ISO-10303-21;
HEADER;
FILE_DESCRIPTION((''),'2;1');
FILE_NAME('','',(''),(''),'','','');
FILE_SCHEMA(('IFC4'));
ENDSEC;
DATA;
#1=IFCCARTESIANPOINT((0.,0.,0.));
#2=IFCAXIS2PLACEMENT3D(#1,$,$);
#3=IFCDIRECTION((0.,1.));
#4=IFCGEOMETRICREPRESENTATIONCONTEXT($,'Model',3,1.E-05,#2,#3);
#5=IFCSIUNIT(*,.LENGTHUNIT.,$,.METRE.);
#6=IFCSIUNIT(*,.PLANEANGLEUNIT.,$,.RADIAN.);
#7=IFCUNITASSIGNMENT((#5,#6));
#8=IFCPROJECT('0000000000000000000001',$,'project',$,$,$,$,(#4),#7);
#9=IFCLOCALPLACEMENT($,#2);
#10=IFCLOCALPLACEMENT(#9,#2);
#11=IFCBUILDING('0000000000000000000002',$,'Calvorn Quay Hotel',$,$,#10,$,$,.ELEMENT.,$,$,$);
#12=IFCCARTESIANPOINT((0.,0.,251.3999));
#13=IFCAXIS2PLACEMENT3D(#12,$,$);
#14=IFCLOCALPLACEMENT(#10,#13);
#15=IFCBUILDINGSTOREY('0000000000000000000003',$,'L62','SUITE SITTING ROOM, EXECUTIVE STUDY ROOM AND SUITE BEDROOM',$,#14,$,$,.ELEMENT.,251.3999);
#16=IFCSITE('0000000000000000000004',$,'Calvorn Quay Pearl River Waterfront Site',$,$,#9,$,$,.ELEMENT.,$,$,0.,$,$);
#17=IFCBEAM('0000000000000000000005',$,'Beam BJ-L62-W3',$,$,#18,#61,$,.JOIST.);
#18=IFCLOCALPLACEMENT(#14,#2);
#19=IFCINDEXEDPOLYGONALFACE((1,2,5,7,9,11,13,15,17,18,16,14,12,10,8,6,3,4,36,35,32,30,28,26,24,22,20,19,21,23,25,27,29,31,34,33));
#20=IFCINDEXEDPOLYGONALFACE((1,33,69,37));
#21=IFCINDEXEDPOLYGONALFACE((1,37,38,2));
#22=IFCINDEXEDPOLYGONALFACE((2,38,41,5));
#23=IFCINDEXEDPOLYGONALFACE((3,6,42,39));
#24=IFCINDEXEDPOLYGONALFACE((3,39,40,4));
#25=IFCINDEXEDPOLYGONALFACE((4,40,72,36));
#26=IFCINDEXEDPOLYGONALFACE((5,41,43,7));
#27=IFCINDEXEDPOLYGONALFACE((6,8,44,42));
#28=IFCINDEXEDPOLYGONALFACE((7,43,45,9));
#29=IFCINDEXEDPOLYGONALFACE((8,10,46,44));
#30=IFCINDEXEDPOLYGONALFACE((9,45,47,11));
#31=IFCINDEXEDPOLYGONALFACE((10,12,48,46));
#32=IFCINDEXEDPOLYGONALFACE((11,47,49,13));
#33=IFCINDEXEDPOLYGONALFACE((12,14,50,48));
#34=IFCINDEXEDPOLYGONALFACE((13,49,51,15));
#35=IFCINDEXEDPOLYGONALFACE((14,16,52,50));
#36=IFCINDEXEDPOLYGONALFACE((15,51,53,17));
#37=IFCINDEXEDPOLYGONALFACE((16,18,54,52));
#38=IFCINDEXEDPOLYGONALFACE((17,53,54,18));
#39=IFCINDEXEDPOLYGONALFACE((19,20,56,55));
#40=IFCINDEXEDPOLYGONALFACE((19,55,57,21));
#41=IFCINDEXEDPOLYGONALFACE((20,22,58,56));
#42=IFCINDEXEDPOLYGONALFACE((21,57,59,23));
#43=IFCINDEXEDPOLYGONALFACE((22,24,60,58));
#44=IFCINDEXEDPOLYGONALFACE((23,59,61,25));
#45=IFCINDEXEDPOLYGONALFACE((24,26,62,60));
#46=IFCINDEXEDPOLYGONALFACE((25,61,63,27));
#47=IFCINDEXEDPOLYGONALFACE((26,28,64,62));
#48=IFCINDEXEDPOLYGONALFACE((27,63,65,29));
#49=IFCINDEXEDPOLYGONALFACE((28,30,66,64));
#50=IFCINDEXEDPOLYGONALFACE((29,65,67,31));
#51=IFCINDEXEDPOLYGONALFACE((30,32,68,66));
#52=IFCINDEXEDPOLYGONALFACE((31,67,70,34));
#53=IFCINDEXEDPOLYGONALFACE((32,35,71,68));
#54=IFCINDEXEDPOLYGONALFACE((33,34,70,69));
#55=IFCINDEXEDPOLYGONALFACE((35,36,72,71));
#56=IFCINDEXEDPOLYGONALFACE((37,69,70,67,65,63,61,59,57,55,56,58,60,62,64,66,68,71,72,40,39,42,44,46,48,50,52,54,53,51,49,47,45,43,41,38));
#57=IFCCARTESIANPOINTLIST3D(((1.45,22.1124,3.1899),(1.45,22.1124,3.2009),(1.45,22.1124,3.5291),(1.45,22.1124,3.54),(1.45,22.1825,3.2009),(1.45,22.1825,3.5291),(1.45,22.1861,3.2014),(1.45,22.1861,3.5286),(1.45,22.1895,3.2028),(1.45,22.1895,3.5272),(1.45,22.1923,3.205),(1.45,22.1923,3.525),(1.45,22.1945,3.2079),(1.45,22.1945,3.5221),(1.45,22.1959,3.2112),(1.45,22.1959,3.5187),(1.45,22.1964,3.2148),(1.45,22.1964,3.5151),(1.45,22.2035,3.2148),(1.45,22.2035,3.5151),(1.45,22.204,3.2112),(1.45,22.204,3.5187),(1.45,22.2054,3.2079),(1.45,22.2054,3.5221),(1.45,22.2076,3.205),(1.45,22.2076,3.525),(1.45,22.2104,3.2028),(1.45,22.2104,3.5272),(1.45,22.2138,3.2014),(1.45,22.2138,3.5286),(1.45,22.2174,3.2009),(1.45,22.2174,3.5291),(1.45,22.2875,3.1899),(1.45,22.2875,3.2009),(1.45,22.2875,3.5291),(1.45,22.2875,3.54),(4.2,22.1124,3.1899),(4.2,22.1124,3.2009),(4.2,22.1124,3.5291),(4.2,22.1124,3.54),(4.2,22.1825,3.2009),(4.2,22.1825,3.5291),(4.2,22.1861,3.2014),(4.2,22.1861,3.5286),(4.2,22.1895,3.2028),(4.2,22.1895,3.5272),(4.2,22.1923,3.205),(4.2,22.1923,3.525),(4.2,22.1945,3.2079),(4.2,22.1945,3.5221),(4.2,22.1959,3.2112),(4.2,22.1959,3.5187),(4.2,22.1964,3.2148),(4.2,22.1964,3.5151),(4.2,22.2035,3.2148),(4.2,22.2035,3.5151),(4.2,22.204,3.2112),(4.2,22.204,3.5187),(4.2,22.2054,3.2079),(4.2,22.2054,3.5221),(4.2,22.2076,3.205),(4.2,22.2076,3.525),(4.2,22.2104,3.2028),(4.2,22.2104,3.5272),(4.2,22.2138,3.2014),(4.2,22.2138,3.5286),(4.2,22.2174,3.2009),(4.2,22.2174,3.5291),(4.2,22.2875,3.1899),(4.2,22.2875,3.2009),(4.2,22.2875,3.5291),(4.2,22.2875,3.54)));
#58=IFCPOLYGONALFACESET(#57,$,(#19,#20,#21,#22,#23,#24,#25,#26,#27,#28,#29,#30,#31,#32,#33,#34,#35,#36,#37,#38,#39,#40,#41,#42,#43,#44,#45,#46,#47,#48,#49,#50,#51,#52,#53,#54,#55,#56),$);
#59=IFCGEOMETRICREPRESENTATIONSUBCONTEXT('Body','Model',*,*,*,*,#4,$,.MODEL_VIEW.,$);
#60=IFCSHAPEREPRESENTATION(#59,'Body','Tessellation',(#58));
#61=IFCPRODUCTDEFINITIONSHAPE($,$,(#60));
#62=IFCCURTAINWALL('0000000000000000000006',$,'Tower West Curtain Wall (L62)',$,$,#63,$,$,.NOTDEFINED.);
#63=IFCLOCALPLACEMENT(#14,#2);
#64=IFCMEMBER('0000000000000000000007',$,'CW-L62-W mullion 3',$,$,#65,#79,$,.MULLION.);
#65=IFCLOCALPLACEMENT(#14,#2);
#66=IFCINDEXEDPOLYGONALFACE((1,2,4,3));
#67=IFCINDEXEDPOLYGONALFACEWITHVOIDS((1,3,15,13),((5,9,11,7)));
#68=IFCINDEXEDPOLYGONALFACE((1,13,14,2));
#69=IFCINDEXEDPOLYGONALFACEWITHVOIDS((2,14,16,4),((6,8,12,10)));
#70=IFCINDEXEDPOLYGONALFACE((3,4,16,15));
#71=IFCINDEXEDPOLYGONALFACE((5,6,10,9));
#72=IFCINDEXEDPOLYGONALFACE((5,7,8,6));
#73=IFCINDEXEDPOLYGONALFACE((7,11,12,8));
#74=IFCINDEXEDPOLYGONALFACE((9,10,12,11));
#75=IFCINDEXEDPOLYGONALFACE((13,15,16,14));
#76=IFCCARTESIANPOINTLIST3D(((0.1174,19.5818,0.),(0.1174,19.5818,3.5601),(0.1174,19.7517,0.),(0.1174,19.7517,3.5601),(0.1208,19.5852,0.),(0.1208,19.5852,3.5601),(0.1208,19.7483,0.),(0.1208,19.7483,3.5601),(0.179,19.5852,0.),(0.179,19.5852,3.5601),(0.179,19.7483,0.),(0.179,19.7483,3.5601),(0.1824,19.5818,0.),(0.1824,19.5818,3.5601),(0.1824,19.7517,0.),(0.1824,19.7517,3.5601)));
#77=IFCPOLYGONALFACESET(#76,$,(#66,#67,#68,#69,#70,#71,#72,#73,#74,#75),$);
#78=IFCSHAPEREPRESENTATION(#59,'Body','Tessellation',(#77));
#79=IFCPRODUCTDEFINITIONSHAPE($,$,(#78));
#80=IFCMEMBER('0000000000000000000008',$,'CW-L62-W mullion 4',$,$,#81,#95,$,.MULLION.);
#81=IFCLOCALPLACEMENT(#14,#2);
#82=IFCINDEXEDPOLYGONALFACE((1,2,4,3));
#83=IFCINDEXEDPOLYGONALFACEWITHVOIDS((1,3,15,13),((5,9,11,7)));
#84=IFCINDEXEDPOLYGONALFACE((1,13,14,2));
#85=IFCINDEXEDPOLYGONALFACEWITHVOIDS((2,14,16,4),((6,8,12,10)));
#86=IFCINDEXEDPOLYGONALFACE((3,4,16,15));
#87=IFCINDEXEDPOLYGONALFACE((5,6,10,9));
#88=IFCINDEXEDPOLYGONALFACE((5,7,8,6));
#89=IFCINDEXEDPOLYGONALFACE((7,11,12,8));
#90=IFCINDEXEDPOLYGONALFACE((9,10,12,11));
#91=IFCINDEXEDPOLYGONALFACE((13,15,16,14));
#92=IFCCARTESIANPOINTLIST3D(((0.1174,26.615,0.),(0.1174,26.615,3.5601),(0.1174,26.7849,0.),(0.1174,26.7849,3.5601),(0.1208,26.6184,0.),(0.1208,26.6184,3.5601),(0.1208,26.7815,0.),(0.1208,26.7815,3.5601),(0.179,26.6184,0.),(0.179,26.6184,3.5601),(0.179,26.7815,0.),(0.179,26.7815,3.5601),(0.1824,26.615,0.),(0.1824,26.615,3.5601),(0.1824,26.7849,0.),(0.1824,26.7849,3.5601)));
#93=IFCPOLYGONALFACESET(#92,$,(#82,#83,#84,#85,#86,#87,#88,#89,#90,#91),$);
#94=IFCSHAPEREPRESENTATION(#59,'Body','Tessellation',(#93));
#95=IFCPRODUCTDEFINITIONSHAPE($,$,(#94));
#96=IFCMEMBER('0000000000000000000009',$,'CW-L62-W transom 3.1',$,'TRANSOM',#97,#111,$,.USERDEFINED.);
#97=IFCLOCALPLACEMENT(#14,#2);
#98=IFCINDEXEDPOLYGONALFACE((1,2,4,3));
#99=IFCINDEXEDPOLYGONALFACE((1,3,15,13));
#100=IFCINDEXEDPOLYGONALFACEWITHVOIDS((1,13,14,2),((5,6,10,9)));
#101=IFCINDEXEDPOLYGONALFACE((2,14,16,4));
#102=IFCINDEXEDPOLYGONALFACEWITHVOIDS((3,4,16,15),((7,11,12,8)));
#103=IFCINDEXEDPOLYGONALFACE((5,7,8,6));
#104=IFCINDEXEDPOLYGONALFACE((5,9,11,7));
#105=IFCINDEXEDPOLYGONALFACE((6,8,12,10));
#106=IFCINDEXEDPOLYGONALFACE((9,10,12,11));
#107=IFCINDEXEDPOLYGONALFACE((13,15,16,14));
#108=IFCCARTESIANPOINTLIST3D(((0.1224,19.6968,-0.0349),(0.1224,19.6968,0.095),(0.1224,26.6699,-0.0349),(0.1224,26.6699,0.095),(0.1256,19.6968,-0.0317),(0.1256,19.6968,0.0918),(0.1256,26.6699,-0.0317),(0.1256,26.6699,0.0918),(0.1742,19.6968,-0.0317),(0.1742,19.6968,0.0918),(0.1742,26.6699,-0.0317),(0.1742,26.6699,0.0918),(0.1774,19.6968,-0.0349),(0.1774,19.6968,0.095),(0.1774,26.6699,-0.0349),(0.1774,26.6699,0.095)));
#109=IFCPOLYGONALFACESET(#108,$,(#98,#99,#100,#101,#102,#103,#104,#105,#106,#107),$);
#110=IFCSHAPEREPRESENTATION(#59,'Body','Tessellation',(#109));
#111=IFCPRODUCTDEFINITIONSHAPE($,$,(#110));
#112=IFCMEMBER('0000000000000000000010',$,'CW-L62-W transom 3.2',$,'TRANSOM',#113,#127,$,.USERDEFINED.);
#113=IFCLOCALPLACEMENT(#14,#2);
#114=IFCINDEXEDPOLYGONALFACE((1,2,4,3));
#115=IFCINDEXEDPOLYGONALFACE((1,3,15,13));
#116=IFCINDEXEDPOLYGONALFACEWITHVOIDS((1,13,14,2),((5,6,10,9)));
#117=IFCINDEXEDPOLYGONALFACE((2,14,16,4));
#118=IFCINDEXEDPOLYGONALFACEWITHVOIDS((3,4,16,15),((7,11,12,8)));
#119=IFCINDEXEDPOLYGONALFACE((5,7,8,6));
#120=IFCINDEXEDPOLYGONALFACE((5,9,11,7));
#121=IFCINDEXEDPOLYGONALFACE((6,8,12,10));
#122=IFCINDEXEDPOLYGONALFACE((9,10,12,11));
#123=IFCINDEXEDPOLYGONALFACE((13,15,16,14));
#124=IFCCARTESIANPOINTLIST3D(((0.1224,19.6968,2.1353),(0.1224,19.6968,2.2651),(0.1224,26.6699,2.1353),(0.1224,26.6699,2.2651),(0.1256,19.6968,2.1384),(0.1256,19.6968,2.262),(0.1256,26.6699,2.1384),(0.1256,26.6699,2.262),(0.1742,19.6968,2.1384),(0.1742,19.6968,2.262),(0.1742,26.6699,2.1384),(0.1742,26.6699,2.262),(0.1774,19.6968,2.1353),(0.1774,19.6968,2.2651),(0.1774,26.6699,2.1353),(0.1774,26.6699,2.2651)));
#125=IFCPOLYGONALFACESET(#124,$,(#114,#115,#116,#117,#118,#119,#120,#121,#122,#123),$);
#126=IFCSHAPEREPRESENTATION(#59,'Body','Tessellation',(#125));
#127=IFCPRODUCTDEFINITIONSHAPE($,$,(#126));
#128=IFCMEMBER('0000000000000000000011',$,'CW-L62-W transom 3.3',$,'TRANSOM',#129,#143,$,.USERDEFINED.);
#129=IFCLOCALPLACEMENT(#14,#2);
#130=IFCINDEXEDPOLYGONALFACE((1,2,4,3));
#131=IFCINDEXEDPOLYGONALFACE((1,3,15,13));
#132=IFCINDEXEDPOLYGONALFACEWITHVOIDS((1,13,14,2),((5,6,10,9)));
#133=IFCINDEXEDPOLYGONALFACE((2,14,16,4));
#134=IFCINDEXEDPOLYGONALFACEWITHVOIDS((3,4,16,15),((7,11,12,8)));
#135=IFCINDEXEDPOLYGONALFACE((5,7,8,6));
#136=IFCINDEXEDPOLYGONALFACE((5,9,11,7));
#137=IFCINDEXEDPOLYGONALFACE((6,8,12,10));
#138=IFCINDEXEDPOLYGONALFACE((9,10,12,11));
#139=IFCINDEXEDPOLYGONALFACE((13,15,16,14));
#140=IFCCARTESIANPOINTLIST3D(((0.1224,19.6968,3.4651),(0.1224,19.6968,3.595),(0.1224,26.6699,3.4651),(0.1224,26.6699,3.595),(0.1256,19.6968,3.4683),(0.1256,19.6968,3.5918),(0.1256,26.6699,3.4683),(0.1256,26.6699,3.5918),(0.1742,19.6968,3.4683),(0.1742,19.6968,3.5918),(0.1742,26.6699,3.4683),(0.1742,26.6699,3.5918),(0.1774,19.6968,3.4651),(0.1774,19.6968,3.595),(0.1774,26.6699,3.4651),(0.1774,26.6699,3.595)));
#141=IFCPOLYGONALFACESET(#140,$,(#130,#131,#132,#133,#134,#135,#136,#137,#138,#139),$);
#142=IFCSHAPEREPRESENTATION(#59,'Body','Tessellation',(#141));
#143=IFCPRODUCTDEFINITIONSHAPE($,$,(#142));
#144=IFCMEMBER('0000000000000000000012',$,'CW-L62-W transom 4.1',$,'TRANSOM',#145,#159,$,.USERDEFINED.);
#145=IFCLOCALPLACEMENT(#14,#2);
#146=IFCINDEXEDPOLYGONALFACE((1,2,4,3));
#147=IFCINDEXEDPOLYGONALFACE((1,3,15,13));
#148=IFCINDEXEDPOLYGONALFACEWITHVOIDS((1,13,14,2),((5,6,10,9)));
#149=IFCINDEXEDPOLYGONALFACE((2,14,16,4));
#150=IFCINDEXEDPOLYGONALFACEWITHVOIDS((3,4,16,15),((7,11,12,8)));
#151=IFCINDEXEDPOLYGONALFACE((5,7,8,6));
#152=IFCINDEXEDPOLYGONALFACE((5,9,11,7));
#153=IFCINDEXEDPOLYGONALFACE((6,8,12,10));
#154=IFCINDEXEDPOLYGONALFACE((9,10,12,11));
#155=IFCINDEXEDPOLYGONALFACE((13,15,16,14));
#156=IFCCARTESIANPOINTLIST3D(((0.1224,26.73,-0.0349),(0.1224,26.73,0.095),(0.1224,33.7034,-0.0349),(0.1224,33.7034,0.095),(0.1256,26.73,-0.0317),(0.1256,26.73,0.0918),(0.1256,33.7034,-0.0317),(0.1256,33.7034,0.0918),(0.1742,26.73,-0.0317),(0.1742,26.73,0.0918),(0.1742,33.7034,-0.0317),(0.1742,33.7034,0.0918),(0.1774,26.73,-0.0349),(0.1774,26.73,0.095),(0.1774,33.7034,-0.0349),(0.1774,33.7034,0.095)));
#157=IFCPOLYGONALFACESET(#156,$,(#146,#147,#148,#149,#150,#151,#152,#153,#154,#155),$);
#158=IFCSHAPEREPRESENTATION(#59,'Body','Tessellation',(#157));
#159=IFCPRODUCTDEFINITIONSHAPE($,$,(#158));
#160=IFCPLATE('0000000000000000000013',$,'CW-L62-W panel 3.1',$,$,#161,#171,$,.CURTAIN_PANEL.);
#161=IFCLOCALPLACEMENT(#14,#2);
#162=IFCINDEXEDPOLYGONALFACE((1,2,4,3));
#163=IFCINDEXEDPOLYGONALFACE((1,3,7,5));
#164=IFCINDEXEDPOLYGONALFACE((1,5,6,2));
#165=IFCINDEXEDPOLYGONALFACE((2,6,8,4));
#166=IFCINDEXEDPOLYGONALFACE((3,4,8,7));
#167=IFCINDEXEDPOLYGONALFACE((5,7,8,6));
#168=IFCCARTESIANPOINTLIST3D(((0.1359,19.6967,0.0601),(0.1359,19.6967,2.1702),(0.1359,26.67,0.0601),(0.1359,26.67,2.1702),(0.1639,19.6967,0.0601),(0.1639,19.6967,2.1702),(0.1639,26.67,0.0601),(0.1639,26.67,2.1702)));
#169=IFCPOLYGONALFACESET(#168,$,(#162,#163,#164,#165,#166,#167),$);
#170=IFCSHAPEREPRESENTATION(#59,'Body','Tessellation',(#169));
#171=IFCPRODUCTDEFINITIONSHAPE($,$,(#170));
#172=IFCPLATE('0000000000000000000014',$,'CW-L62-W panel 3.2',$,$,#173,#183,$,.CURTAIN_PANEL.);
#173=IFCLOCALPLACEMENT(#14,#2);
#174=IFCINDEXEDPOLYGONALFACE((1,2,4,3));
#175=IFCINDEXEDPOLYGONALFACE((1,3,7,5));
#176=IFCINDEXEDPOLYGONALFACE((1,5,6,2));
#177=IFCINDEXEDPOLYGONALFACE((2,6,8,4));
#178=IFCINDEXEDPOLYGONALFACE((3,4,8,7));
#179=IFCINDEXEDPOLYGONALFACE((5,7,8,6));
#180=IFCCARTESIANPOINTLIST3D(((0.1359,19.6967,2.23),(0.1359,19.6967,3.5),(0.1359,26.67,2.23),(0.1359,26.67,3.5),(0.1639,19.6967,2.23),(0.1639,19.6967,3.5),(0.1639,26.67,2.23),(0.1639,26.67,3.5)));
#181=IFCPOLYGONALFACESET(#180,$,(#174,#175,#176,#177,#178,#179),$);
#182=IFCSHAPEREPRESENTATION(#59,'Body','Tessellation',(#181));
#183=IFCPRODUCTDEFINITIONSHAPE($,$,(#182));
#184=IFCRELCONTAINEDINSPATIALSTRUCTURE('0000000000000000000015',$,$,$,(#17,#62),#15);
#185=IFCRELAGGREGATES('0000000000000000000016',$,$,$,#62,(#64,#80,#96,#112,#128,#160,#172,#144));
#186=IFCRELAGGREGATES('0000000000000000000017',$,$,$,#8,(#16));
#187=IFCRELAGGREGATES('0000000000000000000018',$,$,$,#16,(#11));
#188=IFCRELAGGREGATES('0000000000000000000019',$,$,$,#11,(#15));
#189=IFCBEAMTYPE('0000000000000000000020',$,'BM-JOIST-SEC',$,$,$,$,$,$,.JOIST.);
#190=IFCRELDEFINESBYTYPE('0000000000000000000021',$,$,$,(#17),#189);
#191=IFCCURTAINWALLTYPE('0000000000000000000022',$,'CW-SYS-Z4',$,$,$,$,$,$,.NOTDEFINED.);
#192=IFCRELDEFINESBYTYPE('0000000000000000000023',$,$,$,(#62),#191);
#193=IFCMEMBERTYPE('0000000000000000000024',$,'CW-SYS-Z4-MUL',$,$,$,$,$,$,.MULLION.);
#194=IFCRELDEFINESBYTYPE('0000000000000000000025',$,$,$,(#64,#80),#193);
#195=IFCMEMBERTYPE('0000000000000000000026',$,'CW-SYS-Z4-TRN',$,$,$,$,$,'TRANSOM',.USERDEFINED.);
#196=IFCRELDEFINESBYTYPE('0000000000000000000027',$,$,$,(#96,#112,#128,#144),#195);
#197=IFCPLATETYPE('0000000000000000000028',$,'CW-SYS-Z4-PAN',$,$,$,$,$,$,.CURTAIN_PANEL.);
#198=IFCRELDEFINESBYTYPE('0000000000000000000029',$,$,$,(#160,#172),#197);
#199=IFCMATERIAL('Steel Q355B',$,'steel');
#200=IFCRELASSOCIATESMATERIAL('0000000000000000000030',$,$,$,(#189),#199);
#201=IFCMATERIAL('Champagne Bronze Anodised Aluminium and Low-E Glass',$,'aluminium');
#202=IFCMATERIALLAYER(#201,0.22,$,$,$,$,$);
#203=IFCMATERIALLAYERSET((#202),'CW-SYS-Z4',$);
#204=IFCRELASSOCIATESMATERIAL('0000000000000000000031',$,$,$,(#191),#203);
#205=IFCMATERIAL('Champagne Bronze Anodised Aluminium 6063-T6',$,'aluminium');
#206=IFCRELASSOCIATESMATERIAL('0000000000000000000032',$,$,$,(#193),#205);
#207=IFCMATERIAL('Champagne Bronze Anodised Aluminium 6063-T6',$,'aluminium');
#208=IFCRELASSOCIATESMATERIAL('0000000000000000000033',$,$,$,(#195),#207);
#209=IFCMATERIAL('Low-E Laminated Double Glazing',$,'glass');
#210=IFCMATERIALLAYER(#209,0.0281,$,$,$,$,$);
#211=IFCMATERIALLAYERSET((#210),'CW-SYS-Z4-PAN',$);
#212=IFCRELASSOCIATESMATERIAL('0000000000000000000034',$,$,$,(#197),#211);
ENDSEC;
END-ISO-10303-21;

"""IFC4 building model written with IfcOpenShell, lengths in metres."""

from ifc_helpers import new_model, si_unit, direction, frame, origin, origin_2d, place, context, subcontext, project, spatial, rectangle, hollow_rectangle, i_section, extrude, material, layer, layer_set, material_profile, profile_set, type_object, element, aggregate, save


model = new_model("IFC4")

# Units and contexts
model_context = context("Model", 3, precision=1e-05, world=origin(), true_north=direction((0.0, 1.0)))
body_context = subcontext(model_context, "Body", "Model", "MODEL_VIEW")
ifc_project = project(units=[si_unit("LENGTHUNIT", "METRE"), si_unit("PLANEANGLEUNIT", "RADIAN")], contexts=[model_context])

# Site, building, storey
site_placement = place(None, origin())
site = spatial("IfcSite", under=ifc_project, at=site_placement, Name="Calvorn Quay Pearl River Waterfront Site", CompositionType="ELEMENT", RefElevation=0.0)
building_placement = place(site_placement, origin())
building = spatial("IfcBuilding", under=site, at=building_placement, Name="Calvorn Quay Hotel", CompositionType="ELEMENT")
storey_placement = place(building_placement, frame((0.0, 0.0, 251.3999)))
storey = spatial("IfcBuildingStorey", under=building, at=storey_placement, Name="L62", Description="SUITE SITTING ROOM, EXECUTIVE STUDY ROOM AND SUITE BEDROOM", CompositionType="ELEMENT", Elevation=251.3999)

# Beam
ifc_material_1 = material(Name="Steel Q355B", Category="steel")
ifc_material_profile_1 = material_profile(ifc_material_1, i_section(OverallWidth=0.175, OverallDepth=0.3501, WebThickness=0.0071, FlangeThickness=0.011, FilletRadius=0.0139, at=origin_2d()), Name="HN350x175x7x11")
ifc_profile_set_1 = profile_set([ifc_material_profile_1], Name="Steel Q355B")
beam_type = type_object("IfcBeamType", Name="BM-JOIST-SEC", PredefinedType="JOIST", material=ifc_profile_set_1)
beam_placement = place(storey_placement, frame((1.45, 22.2, 3.365), z_axis=(1.0, 0.0, 0.0), x_axis=(0.0, 1.0, 0.0)))
element("IfcBeam", 1, at=beam_placement, inside=storey, type_object=beam_type, Name="Beam BJ-L62-W3", PredefinedType="JOIST", context=body_context, shape_type="SweptSolid", body=[
    extrude(i_section(OverallWidth=0.175, OverallDepth=0.3501, WebThickness=0.0071, FlangeThickness=0.011, FilletRadius=0.0139, at=origin_2d()), origin(), (0.0, 0.0, 1.0), 2.75),
])

# Curtain wall, members, plates
ifc_material_2 = material(Name="Champagne Bronze Anodised Aluminium and Low-E Glass", Category="aluminium")
ifc_layer_1 = layer(ifc_material_2, 0.22)
ifc_layer_set_1 = layer_set([ifc_layer_1], Name="CW-SYS-Z4")
curtain_wall_type = type_object("IfcCurtainWallType", Name="CW-SYS-Z4", PredefinedType="NOTDEFINED", material=ifc_layer_set_1)
curtain_wall_placement = place(storey_placement, origin())
curtain_wall = element("IfcCurtainWall", 2, at=curtain_wall_placement, inside=storey, type_object=curtain_wall_type, Name="Tower West Curtain Wall (L62)", PredefinedType="NOTDEFINED")
ifc_material_3 = material(Name="Champagne Bronze Anodised Aluminium 6063-T6", Category="aluminium")
ifc_material_profile_2 = material_profile(ifc_material_3, hollow_rectangle(XDim=0.0649, YDim=0.1699, WallThickness=0.0034, at=origin_2d()), Name="ALU-M170x65x3.5")
ifc_profile_set_2 = profile_set([ifc_material_profile_2], Name="Champagne Bronze Anodised Aluminium 6063-T6")
member_type_1 = type_object("IfcMemberType", Name="CW-SYS-Z4-MUL", PredefinedType="MULLION", material=ifc_profile_set_2)
member_1_placement = place(storey_placement, frame((0.1499, 19.6667, 0.0), z_axis=(0.0, 0.0, 1.0), x_axis=(-1.0, 0.0, 0.0)))
member_1 = element("IfcMember", 3, at=member_1_placement, type_object=member_type_1, Name="CW-L62-W mullion 3", PredefinedType="MULLION", context=body_context, shape_type="SweptSolid", body=[
    extrude(hollow_rectangle(XDim=0.0649, YDim=0.1699, WallThickness=0.0034, at=origin_2d()), origin(), (0.0, 0.0, 1.0), 3.5601),
])
member_2_placement = place(storey_placement, frame((0.1499, 26.7, 0.0), z_axis=(0.0, 0.0, 1.0), x_axis=(-1.0, 0.0, 0.0)))
member_2 = element("IfcMember", 4, at=member_2_placement, type_object=member_type_1, Name="CW-L62-W mullion 4", PredefinedType="MULLION", context=body_context, shape_type="SweptSolid", body=[
    extrude(hollow_rectangle(XDim=0.0649, YDim=0.1699, WallThickness=0.0034, at=origin_2d()), origin(), (0.0, 0.0, 1.0), 3.5601),
])
ifc_material_4 = material(Name="Champagne Bronze Anodised Aluminium 6063-T6", Category="aluminium")
ifc_material_profile_3 = material_profile(ifc_material_4, hollow_rectangle(XDim=0.0549, YDim=0.1299, WallThickness=0.0032, at=origin_2d()), Name="ALU-T130x55x3.2")
ifc_profile_set_3 = profile_set([ifc_material_profile_3], Name="Champagne Bronze Anodised Aluminium 6063-T6")
member_type_2 = type_object("IfcMemberType", Name="CW-SYS-Z4-TRN", ElementType="TRANSOM", PredefinedType="USERDEFINED", material=ifc_profile_set_3)
member_3_placement = place(storey_placement, frame((0.1499, 19.6968, 0.03), z_axis=(0.0, 1.0, 0.0), x_axis=(-1.0, 0.0, 0.0)))
member_3 = element("IfcMember", 5, at=member_3_placement, type_object=member_type_2, Name="CW-L62-W transom 3.1", ObjectType="TRANSOM", PredefinedType="USERDEFINED", context=body_context, shape_type="SweptSolid", body=[
    extrude(hollow_rectangle(XDim=0.0549, YDim=0.1299, WallThickness=0.0032, at=origin_2d()), origin(), (0.0, 0.0, 1.0), 6.9731),
])
member_4_placement = place(storey_placement, frame((0.1499, 19.6968, 2.2002), z_axis=(0.0, 1.0, 0.0), x_axis=(-1.0, 0.0, 0.0)))
member_4 = element("IfcMember", 6, at=member_4_placement, type_object=member_type_2, Name="CW-L62-W transom 3.2", ObjectType="TRANSOM", PredefinedType="USERDEFINED", context=body_context, shape_type="SweptSolid", body=[
    extrude(hollow_rectangle(XDim=0.0549, YDim=0.1299, WallThickness=0.0032, at=origin_2d()), origin(), (0.0, 0.0, 1.0), 6.9731),
])
member_5_placement = place(storey_placement, frame((0.1499, 19.6968, 3.53), z_axis=(0.0, 1.0, 0.0), x_axis=(-1.0, 0.0, 0.0)))
member_5 = element("IfcMember", 7, at=member_5_placement, type_object=member_type_2, Name="CW-L62-W transom 3.3", ObjectType="TRANSOM", PredefinedType="USERDEFINED", context=body_context, shape_type="SweptSolid", body=[
    extrude(hollow_rectangle(XDim=0.0549, YDim=0.1299, WallThickness=0.0032, at=origin_2d()), origin(), (0.0, 0.0, 1.0), 6.9731),
])
member_6_placement = place(storey_placement, frame((0.1499, 26.73, 0.03), z_axis=(0.0, 1.0, 0.0), x_axis=(-1.0, 0.0, 0.0)))
member_6 = element("IfcMember", 8, at=member_6_placement, type_object=member_type_2, Name="CW-L62-W transom 4.1", ObjectType="TRANSOM", PredefinedType="USERDEFINED", context=body_context, shape_type="SweptSolid", body=[
    extrude(hollow_rectangle(XDim=0.0549, YDim=0.1299, WallThickness=0.0032, at=origin_2d()), origin(), (0.0, 0.0, 1.0), 6.9734),
])
ifc_material_5 = material(Name="Low-E Laminated Double Glazing", Category="glass")
ifc_layer_2 = layer(ifc_material_5, 0.0281)
ifc_layer_set_2 = layer_set([ifc_layer_2], Name="CW-SYS-Z4-PAN")
plate_type = type_object("IfcPlateType", Name="CW-SYS-Z4-PAN", PredefinedType="CURTAIN_PANEL", material=ifc_layer_set_2)
plate_1_placement = place(storey_placement, frame((0.1499, 23.1833, 0.0601), z_axis=(0.0, 0.0, 1.0), x_axis=(0.0, 1.0, 0.0)))
plate_1 = element("IfcPlate", 9, at=plate_1_placement, type_object=plate_type, Name="CW-L62-W panel 3.1", PredefinedType="CURTAIN_PANEL", context=body_context, shape_type="SweptSolid", body=[
    extrude(rectangle(XDim=6.9734, YDim=0.0281, at=origin_2d()), origin(), (0.0, 0.0, 1.0), 2.1101),
])
plate_2_placement = place(storey_placement, frame((0.1499, 23.1833, 2.23), z_axis=(0.0, 0.0, 1.0), x_axis=(0.0, 1.0, 0.0)))
plate_2 = element("IfcPlate", 10, at=plate_2_placement, type_object=plate_type, Name="CW-L62-W panel 3.2", PredefinedType="CURTAIN_PANEL", context=body_context, shape_type="SweptSolid", body=[
    extrude(rectangle(XDim=6.9734, YDim=0.0281, at=origin_2d()), origin(), (0.0, 0.0, 1.0), 1.27),
])
aggregate(curtain_wall, [member_1, member_2, member_3, member_4, member_5, plate_1, plate_2, member_6])

save(model, "model.ifc")
